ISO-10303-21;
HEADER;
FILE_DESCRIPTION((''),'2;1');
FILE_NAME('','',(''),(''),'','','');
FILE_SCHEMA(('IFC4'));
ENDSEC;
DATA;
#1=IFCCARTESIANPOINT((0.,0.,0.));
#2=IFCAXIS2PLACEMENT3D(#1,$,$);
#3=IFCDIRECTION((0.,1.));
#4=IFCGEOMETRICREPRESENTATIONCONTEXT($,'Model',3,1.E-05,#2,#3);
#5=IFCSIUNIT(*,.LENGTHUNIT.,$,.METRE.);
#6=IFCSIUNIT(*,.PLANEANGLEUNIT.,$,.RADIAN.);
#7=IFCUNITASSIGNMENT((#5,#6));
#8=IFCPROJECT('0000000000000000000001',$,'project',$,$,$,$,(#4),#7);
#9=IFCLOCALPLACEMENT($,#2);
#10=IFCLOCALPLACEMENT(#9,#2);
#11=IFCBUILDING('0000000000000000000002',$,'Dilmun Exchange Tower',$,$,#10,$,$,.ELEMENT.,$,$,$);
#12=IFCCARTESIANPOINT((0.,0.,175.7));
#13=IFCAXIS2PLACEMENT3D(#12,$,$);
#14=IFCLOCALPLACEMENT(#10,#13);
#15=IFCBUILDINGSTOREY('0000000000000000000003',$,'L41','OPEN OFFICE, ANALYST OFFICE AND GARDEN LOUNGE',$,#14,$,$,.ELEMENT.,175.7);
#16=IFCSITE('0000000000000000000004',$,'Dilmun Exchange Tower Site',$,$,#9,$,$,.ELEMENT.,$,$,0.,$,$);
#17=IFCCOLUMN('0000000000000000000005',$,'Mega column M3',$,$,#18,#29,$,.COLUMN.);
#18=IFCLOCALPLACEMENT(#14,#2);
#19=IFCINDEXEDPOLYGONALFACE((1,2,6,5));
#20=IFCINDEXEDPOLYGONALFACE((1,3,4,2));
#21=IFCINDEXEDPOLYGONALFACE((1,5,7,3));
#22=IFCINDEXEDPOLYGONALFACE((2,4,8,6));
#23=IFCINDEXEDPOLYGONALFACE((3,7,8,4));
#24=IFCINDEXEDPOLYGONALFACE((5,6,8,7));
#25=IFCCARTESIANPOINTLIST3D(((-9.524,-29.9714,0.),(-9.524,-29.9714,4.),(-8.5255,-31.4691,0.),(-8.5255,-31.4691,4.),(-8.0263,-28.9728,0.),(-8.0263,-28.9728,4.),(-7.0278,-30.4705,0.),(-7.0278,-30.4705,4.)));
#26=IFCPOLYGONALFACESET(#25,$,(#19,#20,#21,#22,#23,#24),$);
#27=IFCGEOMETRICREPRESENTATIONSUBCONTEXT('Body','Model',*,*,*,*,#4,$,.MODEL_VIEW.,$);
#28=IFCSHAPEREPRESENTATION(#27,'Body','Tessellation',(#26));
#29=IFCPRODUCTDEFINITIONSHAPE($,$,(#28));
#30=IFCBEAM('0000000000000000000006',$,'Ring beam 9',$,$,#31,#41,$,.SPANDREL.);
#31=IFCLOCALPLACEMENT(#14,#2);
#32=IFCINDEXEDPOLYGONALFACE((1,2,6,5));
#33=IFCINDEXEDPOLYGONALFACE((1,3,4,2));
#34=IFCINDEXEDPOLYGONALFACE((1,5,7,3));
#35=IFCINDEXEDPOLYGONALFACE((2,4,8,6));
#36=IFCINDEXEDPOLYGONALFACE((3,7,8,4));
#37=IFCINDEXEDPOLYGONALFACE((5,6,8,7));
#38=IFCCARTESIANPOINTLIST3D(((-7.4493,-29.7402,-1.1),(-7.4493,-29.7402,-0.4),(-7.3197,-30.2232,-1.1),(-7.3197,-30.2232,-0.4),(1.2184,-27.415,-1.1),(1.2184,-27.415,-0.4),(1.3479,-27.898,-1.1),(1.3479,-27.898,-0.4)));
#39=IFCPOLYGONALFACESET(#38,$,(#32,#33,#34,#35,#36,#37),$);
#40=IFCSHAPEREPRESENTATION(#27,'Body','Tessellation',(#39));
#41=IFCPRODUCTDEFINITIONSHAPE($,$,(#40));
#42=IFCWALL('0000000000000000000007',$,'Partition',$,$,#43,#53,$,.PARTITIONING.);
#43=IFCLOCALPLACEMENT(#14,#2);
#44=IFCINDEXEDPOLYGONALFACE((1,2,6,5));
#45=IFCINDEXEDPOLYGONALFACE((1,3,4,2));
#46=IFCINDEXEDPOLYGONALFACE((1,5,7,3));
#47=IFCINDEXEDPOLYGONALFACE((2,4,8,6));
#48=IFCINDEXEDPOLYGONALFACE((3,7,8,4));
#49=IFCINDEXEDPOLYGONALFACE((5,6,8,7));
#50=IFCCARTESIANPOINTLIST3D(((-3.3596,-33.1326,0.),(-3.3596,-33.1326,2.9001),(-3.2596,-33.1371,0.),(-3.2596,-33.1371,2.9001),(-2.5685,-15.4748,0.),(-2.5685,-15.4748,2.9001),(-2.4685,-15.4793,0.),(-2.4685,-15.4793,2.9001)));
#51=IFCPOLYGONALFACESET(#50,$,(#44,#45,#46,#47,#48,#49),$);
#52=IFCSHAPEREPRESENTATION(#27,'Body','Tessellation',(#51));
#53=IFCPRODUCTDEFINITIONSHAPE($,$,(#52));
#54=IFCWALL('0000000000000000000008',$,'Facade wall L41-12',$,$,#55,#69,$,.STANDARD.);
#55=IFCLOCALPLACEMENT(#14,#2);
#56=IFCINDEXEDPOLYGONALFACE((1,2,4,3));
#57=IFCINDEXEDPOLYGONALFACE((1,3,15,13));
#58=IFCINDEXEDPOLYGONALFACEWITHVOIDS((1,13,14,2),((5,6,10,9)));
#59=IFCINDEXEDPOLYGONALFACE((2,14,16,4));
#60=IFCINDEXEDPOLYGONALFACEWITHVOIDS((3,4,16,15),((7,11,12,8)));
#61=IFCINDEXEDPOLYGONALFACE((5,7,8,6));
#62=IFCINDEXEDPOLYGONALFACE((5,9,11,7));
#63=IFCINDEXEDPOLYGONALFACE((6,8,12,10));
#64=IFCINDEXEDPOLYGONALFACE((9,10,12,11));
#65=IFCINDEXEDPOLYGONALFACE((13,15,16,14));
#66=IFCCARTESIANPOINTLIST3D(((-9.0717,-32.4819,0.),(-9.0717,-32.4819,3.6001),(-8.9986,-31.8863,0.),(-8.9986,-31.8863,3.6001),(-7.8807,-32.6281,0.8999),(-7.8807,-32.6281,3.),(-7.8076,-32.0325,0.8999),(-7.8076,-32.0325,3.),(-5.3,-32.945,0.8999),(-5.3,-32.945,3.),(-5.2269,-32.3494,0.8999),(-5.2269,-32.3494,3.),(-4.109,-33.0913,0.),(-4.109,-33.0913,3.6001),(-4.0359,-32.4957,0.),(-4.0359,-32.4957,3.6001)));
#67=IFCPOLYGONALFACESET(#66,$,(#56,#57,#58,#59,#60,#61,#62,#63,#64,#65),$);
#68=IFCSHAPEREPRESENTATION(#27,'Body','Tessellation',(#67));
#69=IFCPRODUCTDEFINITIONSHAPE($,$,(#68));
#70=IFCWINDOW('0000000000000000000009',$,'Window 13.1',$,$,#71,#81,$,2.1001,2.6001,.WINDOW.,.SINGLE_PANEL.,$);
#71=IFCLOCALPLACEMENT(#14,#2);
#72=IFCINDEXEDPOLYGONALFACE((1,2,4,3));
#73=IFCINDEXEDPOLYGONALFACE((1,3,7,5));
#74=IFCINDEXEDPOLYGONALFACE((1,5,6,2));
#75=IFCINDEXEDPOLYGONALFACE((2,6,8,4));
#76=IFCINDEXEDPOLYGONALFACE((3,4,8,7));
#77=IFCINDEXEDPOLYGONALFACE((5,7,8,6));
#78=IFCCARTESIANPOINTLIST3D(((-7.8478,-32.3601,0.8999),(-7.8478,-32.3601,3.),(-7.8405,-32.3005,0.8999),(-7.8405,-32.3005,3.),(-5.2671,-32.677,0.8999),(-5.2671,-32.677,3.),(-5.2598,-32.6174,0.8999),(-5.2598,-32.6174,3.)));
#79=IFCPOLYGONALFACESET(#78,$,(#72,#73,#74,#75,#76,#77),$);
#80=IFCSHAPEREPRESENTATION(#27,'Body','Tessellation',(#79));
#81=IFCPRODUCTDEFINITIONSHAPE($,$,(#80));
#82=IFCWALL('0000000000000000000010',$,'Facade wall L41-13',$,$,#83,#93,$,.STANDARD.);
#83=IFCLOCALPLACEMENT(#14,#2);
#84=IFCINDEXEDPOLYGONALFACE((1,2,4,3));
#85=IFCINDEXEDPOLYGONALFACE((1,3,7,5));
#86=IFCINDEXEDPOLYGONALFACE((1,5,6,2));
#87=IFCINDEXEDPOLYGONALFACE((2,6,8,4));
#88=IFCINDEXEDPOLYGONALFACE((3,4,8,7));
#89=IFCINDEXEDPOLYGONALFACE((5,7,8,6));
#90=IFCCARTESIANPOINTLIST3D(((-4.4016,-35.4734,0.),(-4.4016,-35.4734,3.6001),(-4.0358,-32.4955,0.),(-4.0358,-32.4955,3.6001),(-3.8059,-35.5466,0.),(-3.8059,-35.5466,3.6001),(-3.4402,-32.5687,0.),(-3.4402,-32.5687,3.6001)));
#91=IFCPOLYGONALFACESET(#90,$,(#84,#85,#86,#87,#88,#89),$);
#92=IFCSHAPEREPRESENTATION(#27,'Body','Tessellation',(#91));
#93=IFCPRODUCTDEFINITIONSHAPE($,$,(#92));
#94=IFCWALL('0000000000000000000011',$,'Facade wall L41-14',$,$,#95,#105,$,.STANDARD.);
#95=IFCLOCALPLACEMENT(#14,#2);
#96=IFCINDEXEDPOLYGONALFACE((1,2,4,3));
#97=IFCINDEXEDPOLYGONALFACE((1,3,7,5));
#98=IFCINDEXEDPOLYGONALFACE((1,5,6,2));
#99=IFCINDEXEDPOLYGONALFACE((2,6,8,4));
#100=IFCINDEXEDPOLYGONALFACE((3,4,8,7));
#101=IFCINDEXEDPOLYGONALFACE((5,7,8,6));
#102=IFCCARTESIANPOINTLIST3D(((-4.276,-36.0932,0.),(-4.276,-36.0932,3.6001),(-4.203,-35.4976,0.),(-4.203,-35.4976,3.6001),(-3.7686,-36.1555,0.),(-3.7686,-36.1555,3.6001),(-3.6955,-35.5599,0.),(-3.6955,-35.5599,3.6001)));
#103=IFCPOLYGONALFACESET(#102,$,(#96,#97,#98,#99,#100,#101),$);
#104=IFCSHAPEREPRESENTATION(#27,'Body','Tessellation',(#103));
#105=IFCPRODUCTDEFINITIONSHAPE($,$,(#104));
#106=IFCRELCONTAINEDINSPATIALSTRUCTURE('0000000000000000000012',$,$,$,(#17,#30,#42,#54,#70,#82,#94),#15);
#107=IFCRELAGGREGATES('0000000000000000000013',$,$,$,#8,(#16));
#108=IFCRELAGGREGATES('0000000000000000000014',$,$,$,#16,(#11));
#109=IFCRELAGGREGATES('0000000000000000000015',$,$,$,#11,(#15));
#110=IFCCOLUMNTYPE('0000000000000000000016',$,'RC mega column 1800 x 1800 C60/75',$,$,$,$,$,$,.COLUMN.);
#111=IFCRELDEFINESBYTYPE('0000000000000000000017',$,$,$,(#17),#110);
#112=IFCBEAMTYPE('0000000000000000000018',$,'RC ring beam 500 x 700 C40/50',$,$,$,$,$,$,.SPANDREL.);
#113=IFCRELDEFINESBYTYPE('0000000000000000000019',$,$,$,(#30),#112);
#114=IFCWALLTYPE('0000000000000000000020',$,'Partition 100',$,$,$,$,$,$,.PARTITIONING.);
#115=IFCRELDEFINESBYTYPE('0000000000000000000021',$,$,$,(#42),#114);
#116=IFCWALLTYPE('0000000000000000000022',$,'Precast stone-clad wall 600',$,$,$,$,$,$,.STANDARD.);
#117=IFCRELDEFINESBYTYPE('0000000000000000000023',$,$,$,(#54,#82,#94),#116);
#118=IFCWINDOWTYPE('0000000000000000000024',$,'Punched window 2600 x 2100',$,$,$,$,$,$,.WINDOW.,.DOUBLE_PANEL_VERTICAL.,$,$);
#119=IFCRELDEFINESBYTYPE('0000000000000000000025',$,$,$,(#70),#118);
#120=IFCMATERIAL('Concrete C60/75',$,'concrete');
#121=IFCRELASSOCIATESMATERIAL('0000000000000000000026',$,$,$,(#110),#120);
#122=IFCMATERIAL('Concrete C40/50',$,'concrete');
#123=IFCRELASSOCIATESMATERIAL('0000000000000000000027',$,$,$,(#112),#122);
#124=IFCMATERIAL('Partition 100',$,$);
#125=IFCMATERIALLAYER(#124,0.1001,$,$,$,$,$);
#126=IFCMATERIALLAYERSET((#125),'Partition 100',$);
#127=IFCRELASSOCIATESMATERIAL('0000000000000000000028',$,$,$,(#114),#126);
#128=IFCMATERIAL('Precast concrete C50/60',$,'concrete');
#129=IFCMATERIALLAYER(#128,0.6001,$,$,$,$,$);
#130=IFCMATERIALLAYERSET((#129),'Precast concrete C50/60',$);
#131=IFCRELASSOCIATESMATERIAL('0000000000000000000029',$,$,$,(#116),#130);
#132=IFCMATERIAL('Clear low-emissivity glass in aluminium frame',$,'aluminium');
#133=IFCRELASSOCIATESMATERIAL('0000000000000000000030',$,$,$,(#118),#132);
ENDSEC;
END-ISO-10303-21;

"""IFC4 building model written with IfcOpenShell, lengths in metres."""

from ifc_helpers import new_model, si_unit, direction, frame, frame_2d, origin, origin_2d, place, context, subcontext, project, spatial, rectangle, extrude, material, layer, layer_set, material_profile, profile_set, type_object, element, fill, save


model = new_model("IFC4")

# Units and contexts
model_context = context("Model", 3, precision=1e-05, world=origin(), true_north=direction((0.0, 1.0)))
body_context = subcontext(model_context, "Body", "Model", "MODEL_VIEW")
ifc_project = project(units=[si_unit("LENGTHUNIT", "METRE"), si_unit("PLANEANGLEUNIT", "RADIAN")], contexts=[model_context])

# Site, building, storey
site_placement = place(None, origin())
site = spatial("IfcSite", under=ifc_project, at=site_placement, Name="Dilmun Exchange Tower Site", CompositionType="ELEMENT", RefElevation=0.0)
building_placement = place(site_placement, origin())
building = spatial("IfcBuilding", under=site, at=building_placement, Name="Dilmun Exchange Tower", CompositionType="ELEMENT")
storey_placement = place(building_placement, frame((0.0, 0.0, 175.7)))
storey = spatial("IfcBuildingStorey", under=building, at=storey_placement, Name="L41", Description="OPEN OFFICE, ANALYST OFFICE AND GARDEN LOUNGE", CompositionType="ELEMENT", Elevation=175.7)

# Column
ifc_material_1 = material(Name="Concrete C60/75", Category="concrete")
ifc_material_profile_1 = material_profile(ifc_material_1, rectangle(XDim=1.8, YDim=1.8, at=origin_2d()), Name="1800 x 1800")
ifc_profile_set_1 = profile_set([ifc_material_profile_1], Name="Concrete C60/75")
column_type = type_object("IfcColumnType", Name="RC mega column 1800 x 1800 C60/75", PredefinedType="COLUMN", material=ifc_profile_set_1)
column_placement = place(storey_placement, frame((-8.2759, -30.2209, 0.0), z_axis=(0.0, 0.0, 1.0), x_axis=(0.832029, 0.554733, 0.0)))
element("IfcColumn", 1, at=column_placement, inside=storey, type_object=column_type, Name="Mega column M3", PredefinedType="COLUMN", context=body_context, shape_type="SweptSolid", body=[
    extrude(rectangle(XDim=1.8, YDim=1.8, at=origin_2d()), origin(), (0.0, 0.0, 1.0), 4.0),
])

# Beam
ifc_material_2 = material(Name="Concrete C40/50", Category="concrete")
ifc_material_profile_2 = material_profile(ifc_material_2, rectangle(XDim=0.5, YDim=0.7, at=origin_2d()), Name="500 x 700")
ifc_profile_set_2 = profile_set([ifc_material_profile_2], Name="Concrete C40/50")
beam_type = type_object("IfcBeamType", Name="RC ring beam 500 x 700 C40/50", PredefinedType="SPANDREL", material=ifc_profile_set_2)
beam_placement = place(storey_placement, frame((-7.3845, -29.9817, -0.75), z_axis=(0.965851, 0.259098, 0.0), x_axis=(-0.259098, 0.965851, 0.0)))
element("IfcBeam", 2, at=beam_placement, inside=storey, type_object=beam_type, Name="Ring beam 9", PredefinedType="SPANDREL", context=body_context, shape_type="SweptSolid", body=[
    extrude(rectangle(XDim=0.5, YDim=0.7, at=origin_2d()), origin(), (0.0, 0.0, 1.0), 8.9741),
])

# Wall
ifc_material_3 = material(Name="Partition 100")
ifc_layer_1 = layer(ifc_material_3, 0.1001)
ifc_layer_set_1 = layer_set([ifc_layer_1], Name="Partition 100")
wall_type_1 = type_object("IfcWallType", Name="Partition 100", PredefinedType="PARTITIONING", material=ifc_layer_set_1)
wall_1_placement = place(storey_placement, frame((-3.3096, -33.135, 0.0), z_axis=(0.0, 0.0, 1.0), x_axis=(0.044752, 0.998998, 0.0)))
element("IfcWall", 3, at=wall_1_placement, inside=storey, type_object=wall_type_1, Name="Partition", PredefinedType="PARTITIONING", context=body_context, shape_type="SweptSolid", body=[
    extrude(rectangle(XDim=17.6755, YDim=0.1001, at=frame_2d((8.8379, 0.0))), origin(), (0.0, 0.0, 1.0), 2.9001),
])

# Wall, opening, window
ifc_material_4 = material(Name="Precast concrete C50/60", Category="concrete")
ifc_layer_2 = layer(ifc_material_4, 0.6001)
ifc_layer_set_2 = layer_set([ifc_layer_2], Name="Precast concrete C50/60")
wall_type_2 = type_object("IfcWallType", Name="Precast stone-clad wall 600", PredefinedType="STANDARD", material=ifc_layer_set_2)
wall_2_placement = place(storey_placement, frame((-9.0352, -32.1841, 0.0), z_axis=(0.0, 0.0, 1.0), x_axis=(0.992545, -0.121877, 0.0)))
wall_2 = element("IfcWall", 4, at=wall_2_placement, inside=storey, type_object=wall_type_2, Name="Facade wall L41-12", PredefinedType="STANDARD", context=body_context, shape_type="SweptSolid", body=[
    extrude(rectangle(XDim=5.0, YDim=0.6001, at=frame_2d((2.5, 0.0))), origin(), (0.0, 0.0, 1.0), 3.6001),
])
opening_1_placement = place(wall_2_placement, frame((1.2, 0.0, 0.8999)))
opening_1 = element("IfcOpeningElement", 5, at=opening_1_placement, cuts=wall_2, PredefinedType="OPENING", context=body_context, shape_type="SweptSolid", body=[
    extrude(rectangle(XDim=2.6001, YDim=2.1001, at=frame_2d((1.3, 1.05))), frame((0.0, 0.3101, 0.0), z_axis=(0.0, -1.0, 0.0), x_axis=(1.0, 0.0, 0.0)), (0.0, 0.0, 1.0), 0.6201),
])
ifc_material_5 = material(Name="Clear low-emissivity glass in aluminium frame", Category="aluminium")
window_type_1 = type_object("IfcWindowType", Name="Punched window 2600 x 2100", PartitioningType="DOUBLE_PANEL_VERTICAL", PredefinedType="WINDOW", material=ifc_material_5)
window_1_placement = place(opening_1_placement, origin())
window_1 = element("IfcWindow", 6, at=window_1_placement, inside=storey, type_object=window_type_1, Name="Window 13.1", OverallHeight=2.1001, OverallWidth=2.6001, PartitioningType="SINGLE_PANEL", PredefinedType="WINDOW", context=body_context, shape_type="SweptSolid", body=[
    extrude(rectangle(XDim=2.6001, YDim=2.1001, at=frame_2d((1.3, 1.05))), frame((0.0, 0.03, 0.0), z_axis=(0.0, -1.0, 0.0), x_axis=(1.0, 0.0, 0.0)), (0.0, 0.0, 1.0), 0.0601),
])
fill(opening_1, window_1)

# Walls
wall_3_placement = place(storey_placement, frame((-3.738, -32.5322, 0.0), z_axis=(0.0, 0.0, 1.0), x_axis=(-0.121901, -0.992542, 0.0)))
element("IfcWall", 7, at=wall_3_placement, inside=storey, type_object=wall_type_2, Name="Facade wall L41-13", PredefinedType="STANDARD", context=body_context, shape_type="SweptSolid", body=[
    extrude(rectangle(XDim=3.0002, YDim=0.6001, at=frame_2d((1.5, 0.0))), origin(), (0.0, 0.0, 1.0), 3.6001),
])
wall_4_placement = place(storey_placement, frame((-4.2395, -35.7954, 0.0), z_axis=(0.0, 0.0, 1.0), x_axis=(0.992555, -0.1218, 0.0)))
element("IfcWall", 8, at=wall_4_placement, inside=storey, type_object=wall_type_2, Name="Facade wall L41-14", PredefinedType="STANDARD", context=body_context, shape_type="SweptSolid", body=[
    extrude(rectangle(XDim=0.5112, YDim=0.6001, at=frame_2d((0.2556, 0.0))), origin(), (0.0, 0.0, 1.0), 3.6001),
])

save(model, "model.ifc")
